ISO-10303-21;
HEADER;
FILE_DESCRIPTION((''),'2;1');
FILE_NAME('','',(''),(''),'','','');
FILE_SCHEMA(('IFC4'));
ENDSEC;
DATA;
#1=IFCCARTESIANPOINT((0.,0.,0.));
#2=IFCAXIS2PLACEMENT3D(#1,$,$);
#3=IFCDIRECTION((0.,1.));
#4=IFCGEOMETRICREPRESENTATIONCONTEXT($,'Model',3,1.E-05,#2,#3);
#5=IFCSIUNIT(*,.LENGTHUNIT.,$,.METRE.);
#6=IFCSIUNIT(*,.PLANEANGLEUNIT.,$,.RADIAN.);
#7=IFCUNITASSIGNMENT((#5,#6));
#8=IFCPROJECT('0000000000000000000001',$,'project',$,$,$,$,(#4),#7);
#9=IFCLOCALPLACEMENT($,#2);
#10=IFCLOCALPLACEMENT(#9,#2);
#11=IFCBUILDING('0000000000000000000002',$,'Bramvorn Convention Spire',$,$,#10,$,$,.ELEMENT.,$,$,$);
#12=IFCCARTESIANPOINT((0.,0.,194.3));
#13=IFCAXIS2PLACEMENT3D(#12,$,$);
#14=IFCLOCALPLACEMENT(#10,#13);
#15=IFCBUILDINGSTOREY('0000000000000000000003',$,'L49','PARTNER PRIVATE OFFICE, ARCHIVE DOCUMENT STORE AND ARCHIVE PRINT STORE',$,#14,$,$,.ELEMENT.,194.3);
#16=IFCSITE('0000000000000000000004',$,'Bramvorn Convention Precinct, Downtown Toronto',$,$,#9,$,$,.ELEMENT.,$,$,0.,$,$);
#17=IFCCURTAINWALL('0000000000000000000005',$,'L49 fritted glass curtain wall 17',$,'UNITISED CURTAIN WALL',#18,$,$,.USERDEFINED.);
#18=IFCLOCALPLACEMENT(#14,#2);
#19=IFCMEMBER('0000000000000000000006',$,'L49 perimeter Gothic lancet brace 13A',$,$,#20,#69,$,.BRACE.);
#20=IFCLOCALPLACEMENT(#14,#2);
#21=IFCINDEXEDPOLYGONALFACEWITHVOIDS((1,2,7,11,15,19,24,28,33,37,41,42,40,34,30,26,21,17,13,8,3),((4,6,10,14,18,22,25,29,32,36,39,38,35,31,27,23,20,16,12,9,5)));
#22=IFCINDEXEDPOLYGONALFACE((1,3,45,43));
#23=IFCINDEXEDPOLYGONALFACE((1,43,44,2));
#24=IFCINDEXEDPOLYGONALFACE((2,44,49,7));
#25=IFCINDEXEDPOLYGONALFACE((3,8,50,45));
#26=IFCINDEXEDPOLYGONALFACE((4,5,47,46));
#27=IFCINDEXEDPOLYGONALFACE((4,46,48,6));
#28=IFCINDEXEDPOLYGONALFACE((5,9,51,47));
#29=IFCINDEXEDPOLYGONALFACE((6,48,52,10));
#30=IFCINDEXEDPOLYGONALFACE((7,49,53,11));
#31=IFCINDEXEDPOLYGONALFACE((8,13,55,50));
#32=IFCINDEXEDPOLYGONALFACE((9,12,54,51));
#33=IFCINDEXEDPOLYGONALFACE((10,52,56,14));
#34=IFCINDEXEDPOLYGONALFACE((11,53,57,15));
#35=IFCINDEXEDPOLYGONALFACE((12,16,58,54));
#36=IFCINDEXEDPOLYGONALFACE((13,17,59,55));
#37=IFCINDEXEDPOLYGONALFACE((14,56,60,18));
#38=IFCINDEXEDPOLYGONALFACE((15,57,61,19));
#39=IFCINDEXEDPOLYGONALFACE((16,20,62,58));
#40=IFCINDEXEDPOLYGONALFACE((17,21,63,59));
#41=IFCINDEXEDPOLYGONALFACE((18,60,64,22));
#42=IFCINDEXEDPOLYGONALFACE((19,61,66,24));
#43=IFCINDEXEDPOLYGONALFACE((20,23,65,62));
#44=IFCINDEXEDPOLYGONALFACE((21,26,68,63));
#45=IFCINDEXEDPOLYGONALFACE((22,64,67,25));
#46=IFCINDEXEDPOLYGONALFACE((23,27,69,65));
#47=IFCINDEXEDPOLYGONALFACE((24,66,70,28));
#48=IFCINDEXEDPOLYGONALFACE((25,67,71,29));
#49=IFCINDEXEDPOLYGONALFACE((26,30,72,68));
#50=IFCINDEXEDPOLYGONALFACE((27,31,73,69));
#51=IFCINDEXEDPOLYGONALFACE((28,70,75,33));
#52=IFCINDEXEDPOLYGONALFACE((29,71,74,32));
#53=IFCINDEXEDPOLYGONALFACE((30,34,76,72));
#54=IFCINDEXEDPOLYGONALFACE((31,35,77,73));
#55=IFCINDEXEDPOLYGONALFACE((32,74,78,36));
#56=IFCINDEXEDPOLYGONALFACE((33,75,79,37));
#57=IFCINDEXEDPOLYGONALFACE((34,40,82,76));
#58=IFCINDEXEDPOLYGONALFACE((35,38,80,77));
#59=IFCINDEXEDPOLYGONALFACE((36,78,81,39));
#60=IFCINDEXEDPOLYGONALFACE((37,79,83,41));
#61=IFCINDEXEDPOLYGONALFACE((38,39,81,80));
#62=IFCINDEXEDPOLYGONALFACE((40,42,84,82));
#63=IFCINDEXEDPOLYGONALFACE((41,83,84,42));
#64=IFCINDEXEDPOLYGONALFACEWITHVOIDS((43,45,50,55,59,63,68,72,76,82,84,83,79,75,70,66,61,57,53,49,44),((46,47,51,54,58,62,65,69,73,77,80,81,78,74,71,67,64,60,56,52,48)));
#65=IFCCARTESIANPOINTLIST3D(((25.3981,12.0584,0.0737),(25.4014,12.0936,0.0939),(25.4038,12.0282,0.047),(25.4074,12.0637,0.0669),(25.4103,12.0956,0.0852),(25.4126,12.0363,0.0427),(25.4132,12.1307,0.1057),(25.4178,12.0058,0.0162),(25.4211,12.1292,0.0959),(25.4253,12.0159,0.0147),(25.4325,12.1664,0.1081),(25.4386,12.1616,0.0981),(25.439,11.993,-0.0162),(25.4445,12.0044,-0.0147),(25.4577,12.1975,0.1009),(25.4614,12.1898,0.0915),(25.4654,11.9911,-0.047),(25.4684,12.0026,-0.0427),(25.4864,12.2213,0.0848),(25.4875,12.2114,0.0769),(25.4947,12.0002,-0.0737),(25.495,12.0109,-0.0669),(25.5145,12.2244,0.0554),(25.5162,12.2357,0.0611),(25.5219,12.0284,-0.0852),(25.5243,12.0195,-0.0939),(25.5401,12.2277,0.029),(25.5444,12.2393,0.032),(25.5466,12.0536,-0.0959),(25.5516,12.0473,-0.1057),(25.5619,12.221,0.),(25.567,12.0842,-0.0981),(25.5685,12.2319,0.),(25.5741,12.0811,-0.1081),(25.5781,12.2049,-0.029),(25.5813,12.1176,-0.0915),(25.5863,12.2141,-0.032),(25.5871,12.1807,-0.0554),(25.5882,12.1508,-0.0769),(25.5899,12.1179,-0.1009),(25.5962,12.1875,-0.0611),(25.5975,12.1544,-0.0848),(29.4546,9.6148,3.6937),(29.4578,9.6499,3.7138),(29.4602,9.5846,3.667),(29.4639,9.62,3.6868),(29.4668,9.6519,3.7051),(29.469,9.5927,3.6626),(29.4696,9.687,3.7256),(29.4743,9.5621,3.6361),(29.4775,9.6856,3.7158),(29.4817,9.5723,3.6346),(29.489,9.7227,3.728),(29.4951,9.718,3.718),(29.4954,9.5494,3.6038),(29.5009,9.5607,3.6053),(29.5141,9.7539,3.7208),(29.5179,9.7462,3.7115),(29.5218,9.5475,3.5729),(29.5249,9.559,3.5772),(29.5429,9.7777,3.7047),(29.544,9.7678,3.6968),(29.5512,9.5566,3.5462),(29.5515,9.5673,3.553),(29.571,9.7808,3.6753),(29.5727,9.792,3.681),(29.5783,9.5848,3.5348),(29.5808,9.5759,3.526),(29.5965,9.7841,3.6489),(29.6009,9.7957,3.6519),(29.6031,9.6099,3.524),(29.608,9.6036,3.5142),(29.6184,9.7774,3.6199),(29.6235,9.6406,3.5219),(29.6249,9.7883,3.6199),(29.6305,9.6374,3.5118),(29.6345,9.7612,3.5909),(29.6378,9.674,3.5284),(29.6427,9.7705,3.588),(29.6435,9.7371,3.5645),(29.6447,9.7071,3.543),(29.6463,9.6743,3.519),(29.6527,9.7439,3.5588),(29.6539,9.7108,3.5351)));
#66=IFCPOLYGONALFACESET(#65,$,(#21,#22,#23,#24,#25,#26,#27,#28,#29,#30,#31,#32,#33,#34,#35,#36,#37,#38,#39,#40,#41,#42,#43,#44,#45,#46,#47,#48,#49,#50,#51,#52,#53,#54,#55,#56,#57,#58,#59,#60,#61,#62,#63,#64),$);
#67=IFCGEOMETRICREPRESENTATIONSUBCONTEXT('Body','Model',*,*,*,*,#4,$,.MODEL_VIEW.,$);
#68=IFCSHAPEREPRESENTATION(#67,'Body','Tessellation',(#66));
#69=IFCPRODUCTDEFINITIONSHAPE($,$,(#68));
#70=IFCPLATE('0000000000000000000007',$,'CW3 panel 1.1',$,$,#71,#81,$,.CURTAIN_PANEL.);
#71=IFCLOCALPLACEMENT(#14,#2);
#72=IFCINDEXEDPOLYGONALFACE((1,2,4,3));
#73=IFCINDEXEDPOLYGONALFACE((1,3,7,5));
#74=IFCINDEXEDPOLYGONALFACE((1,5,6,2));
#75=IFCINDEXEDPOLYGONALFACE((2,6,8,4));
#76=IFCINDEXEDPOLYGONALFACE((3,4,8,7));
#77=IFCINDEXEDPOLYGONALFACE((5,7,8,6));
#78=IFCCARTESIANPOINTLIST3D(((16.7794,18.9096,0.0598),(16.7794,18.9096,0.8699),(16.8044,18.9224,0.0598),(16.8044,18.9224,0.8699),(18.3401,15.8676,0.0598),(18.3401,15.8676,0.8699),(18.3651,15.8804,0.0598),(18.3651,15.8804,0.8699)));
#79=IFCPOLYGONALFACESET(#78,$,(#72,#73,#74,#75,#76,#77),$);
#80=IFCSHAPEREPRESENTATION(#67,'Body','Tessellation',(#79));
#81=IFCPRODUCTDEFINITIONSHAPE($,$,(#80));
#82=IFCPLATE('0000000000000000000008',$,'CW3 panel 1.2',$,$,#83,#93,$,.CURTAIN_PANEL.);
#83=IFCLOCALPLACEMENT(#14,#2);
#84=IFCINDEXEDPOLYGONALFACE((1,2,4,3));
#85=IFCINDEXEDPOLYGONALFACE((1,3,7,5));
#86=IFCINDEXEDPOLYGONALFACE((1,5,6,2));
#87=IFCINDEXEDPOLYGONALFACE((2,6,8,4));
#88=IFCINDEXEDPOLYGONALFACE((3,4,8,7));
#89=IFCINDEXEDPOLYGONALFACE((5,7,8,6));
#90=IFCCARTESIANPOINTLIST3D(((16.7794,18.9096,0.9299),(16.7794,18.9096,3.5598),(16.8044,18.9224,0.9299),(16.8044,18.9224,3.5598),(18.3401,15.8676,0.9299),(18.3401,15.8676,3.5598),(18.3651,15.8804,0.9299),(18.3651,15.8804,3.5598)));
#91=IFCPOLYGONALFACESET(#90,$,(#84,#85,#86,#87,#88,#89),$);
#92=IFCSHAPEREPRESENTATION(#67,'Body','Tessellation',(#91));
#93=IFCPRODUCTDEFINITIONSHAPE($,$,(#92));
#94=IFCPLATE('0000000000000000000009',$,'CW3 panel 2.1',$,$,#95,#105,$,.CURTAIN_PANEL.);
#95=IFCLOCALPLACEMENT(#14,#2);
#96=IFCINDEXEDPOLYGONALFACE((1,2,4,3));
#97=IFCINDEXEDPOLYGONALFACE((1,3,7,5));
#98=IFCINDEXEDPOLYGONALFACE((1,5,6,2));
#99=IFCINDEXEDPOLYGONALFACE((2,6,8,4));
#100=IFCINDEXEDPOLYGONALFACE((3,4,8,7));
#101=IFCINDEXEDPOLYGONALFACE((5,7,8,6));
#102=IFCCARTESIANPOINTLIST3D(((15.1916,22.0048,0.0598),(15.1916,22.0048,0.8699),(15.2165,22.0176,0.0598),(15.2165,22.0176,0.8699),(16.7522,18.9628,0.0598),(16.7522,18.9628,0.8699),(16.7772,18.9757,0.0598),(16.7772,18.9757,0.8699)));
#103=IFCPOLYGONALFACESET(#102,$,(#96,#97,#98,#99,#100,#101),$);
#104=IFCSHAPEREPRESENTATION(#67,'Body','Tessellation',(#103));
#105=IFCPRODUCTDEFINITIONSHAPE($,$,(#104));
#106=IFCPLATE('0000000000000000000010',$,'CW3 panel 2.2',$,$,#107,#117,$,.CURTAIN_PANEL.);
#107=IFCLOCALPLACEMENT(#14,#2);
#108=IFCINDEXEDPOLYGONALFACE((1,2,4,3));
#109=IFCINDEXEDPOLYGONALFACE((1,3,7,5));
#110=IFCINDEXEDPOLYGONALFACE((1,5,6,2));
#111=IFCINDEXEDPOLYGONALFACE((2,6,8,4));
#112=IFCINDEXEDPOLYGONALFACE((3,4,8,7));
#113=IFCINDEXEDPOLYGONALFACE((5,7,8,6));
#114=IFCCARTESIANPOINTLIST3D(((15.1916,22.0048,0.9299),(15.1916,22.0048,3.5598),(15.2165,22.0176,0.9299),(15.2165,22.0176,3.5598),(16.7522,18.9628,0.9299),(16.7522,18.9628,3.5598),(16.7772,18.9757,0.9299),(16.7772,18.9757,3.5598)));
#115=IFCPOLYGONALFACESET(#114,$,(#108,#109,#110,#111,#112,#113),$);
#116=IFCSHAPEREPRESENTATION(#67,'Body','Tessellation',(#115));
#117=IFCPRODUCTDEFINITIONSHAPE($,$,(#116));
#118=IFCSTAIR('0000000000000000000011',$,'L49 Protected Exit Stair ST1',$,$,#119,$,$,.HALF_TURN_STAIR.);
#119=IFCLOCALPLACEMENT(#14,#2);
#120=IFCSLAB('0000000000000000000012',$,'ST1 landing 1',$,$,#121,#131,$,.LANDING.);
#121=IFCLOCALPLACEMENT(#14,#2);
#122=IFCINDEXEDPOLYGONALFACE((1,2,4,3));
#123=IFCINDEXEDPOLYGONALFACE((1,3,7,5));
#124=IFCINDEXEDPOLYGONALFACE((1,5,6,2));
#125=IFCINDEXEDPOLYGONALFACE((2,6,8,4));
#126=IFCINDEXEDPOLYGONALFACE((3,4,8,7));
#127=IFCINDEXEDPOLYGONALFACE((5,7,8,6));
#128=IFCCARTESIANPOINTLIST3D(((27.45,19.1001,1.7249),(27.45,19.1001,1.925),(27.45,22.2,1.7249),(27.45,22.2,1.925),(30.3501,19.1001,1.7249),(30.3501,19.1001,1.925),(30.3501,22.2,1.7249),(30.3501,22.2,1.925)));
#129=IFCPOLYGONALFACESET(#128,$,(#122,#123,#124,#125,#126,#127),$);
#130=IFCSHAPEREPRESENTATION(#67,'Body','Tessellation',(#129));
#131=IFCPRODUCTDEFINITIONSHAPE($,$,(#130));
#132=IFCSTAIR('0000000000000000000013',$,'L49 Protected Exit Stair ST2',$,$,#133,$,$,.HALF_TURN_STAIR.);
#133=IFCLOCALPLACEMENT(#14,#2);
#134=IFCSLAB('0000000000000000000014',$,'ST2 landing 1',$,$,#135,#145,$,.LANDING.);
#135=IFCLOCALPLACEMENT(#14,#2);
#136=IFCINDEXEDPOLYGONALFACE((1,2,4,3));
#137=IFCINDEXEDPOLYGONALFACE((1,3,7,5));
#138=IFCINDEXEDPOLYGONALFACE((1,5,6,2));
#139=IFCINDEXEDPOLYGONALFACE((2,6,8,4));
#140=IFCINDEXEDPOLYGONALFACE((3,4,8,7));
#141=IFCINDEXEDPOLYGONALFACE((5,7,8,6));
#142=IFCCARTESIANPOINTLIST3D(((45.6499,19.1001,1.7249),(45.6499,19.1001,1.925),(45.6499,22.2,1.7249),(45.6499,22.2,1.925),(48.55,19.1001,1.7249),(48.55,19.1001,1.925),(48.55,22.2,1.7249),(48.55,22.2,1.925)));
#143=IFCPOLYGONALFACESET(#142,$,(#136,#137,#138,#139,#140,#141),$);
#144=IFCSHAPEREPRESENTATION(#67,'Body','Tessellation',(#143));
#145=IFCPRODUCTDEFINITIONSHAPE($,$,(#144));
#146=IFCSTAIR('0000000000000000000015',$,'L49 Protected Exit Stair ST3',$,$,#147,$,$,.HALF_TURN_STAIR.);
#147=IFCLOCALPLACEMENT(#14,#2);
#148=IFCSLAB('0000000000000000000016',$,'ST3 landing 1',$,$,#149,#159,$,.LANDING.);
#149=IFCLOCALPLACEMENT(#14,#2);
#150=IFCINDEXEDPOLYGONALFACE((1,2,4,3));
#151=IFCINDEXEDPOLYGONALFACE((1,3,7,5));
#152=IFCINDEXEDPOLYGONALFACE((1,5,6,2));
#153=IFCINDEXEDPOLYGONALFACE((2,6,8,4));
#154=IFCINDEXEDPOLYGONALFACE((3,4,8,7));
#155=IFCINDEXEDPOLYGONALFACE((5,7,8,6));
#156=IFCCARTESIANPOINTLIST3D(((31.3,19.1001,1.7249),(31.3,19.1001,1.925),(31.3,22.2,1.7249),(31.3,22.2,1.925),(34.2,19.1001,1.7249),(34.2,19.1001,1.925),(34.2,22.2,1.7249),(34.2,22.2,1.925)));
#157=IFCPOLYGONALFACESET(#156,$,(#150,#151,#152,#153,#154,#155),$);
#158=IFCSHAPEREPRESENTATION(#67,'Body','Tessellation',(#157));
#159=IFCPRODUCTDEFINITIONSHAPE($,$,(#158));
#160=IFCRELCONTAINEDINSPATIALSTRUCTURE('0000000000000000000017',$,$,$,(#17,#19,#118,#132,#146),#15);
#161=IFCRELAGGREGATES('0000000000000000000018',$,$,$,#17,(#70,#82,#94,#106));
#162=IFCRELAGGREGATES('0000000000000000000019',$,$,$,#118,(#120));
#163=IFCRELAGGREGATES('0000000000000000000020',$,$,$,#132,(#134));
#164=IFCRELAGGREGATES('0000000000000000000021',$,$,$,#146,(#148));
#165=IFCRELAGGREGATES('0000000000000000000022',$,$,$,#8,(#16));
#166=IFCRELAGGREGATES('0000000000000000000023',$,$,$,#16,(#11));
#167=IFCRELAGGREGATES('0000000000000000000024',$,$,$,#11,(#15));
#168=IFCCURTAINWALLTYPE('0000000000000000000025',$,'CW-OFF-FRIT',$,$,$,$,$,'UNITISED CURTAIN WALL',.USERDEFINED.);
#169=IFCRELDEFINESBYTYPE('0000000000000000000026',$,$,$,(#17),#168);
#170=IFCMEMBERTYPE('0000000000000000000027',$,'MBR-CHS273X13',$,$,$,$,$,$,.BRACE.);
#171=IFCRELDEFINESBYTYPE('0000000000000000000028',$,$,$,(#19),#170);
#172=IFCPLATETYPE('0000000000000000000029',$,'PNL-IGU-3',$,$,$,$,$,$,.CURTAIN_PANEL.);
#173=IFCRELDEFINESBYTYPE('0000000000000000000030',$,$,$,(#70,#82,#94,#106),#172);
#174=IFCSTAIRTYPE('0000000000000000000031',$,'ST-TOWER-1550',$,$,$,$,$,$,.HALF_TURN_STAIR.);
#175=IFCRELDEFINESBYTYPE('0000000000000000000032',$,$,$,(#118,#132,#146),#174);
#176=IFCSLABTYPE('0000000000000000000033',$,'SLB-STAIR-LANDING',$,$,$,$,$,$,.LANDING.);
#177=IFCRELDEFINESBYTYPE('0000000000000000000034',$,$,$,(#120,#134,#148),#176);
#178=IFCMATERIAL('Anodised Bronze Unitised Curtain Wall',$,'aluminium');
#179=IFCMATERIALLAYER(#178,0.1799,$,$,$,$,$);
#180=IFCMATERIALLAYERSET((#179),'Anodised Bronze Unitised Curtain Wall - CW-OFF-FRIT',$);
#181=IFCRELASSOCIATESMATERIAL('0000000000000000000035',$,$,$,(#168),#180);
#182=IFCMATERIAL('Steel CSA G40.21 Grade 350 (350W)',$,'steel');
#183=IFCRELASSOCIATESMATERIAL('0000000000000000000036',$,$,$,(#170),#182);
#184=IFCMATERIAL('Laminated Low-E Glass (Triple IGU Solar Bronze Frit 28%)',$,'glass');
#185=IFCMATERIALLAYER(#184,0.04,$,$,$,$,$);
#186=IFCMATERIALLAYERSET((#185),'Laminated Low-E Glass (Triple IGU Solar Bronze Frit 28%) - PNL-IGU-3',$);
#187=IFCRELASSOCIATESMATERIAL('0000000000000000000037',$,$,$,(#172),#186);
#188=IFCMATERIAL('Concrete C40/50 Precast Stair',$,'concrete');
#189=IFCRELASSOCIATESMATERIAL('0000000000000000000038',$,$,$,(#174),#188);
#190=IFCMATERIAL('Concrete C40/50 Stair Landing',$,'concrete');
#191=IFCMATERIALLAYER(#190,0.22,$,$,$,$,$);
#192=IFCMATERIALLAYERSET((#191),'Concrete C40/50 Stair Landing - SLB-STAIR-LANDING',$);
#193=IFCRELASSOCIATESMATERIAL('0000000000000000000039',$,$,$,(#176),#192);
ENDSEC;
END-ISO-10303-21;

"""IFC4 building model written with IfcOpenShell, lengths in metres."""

from ifc_helpers import new_model, si_unit, direction, frame, origin, origin_2d, place, context, subcontext, project, spatial, polyline, rectangle, hollow_circle, outline, extrude, material, layer, layer_set, material_profile, profile_set, type_object, element, aggregate, save


model = new_model("IFC4")

# Units and contexts
model_context = context("Model", 3, precision=1e-05, world=origin(), true_north=direction((0.0, 1.0)))
body_context = subcontext(model_context, "Body", "Model", "MODEL_VIEW")
ifc_project = project(units=[si_unit("LENGTHUNIT", "METRE"), si_unit("PLANEANGLEUNIT", "RADIAN")], contexts=[model_context])

# Site, building, storey
site_placement = place(None, origin())
site = spatial("IfcSite", under=ifc_project, at=site_placement, Name="Bramvorn Convention Precinct, Downtown Toronto", CompositionType="ELEMENT", RefElevation=0.0)
building_placement = place(site_placement, origin())
building = spatial("IfcBuilding", under=site, at=building_placement, Name="Bramvorn Convention Spire", CompositionType="ELEMENT")
storey_placement = place(building_placement, frame((0.0, 0.0, 194.3)))
storey = spatial("IfcBuildingStorey", under=building, at=storey_placement, Name="L49", Description="PARTNER PRIVATE OFFICE, ARCHIVE DOCUMENT STORE AND ARCHIVE PRINT STORE", CompositionType="ELEMENT", Elevation=194.3)

# Shared definitions
ifc_material_1 = material(Name="Steel CSA G40.21 Grade 350 (350W)", Category="steel")

# Curtain wall
ifc_material_2 = material(Name="Anodised Bronze Unitised Curtain Wall", Category="aluminium")
ifc_layer_1 = layer(ifc_material_2, 0.1799)
ifc_layer_set_1 = layer_set([ifc_layer_1], Name="Anodised Bronze Unitised Curtain Wall - CW-OFF-FRIT")
curtain_wall_type = type_object("IfcCurtainWallType", Name="CW-OFF-FRIT", ElementType="UNITISED CURTAIN WALL", PredefinedType="USERDEFINED", material=ifc_layer_set_1)
curtain_wall_placement = place(storey_placement, origin())
curtain_wall = element("IfcCurtainWall", 1, at=curtain_wall_placement, inside=storey, type_object=curtain_wall_type, Name="L49 fritted glass curtain wall 17", ObjectType="UNITISED CURTAIN WALL", PredefinedType="USERDEFINED")

# Member
ifc_material_profile_1 = material_profile(ifc_material_1, hollow_circle(Radius=0.1365, WallThickness=0.0127, at=origin_2d()))
ifc_profile_set_1 = profile_set([ifc_material_profile_1], Name="Steel CSA G40.21 Grade 350 (350W) - CHS273X13")
member_type_1 = type_object("IfcMemberType", Name="MBR-CHS273X13", PredefinedType="BRACE", material=ifc_profile_set_1)
member_1_placement = place(storey_placement, frame((25.498, 12.115, 0.0), z_axis=(0.680532, -0.409958, 0.607298), x_axis=(0.516011, 0.856582, 0.0)))
element("IfcMember", 2, at=member_1_placement, inside=storey, type_object=member_type_1, Name="L49 perimeter Gothic lancet brace 13A", PredefinedType="BRACE", context=body_context, shape_type="SweptSolid", body=[
    extrude(hollow_circle(Radius=0.1365, WallThickness=0.0127, at=origin_2d()), origin(), (0.0, 0.0, 1.0), 5.9607),
])

# Plates
ifc_material_3 = material(Name="Laminated Low-E Glass (Triple IGU Solar Bronze Frit 28%)", Category="glass")
ifc_layer_2 = layer(ifc_material_3, 0.04)
ifc_layer_set_2 = layer_set([ifc_layer_2], Name="Laminated Low-E Glass (Triple IGU Solar Bronze Frit 28%) - PNL-IGU-3")
plate_type = type_object("IfcPlateType", Name="PNL-IGU-3", PredefinedType="CURTAIN_PANEL", material=ifc_layer_set_2)
plate_1_placement = place(storey_placement, frame((17.5723, 17.395, 0.0598), z_axis=(0.0, 0.0, 1.0), x_axis=(-0.456475, 0.889736, 0.0)))
plate_1 = element("IfcPlate", 3, at=plate_1_placement, type_object=plate_type, Name="CW3 panel 1.1", PredefinedType="CURTAIN_PANEL", context=body_context, shape_type="SweptSolid", body=[
    extrude(rectangle(XDim=3.4189, YDim=0.0281, at=origin_2d()), origin(), (0.0, 0.0, 1.0), 0.8101),
])
plate_2_placement = place(storey_placement, frame((17.5723, 17.395, 0.9299), z_axis=(0.0, 0.0, 1.0), x_axis=(-0.456475, 0.889736, 0.0)))
plate_2 = element("IfcPlate", 4, at=plate_2_placement, type_object=plate_type, Name="CW3 panel 1.2", PredefinedType="CURTAIN_PANEL", context=body_context, shape_type="SweptSolid", body=[
    extrude(rectangle(XDim=3.4189, YDim=0.0281, at=origin_2d()), origin(), (0.0, 0.0, 1.0), 2.6299),
])
plate_3_placement = place(storey_placement, frame((15.9844, 20.4902, 0.0598), z_axis=(0.0, 0.0, 1.0), x_axis=(-0.456475, 0.889736, 0.0)))
plate_3 = element("IfcPlate", 5, at=plate_3_placement, type_object=plate_type, Name="CW3 panel 2.1", PredefinedType="CURTAIN_PANEL", context=body_context, shape_type="SweptSolid", body=[
    extrude(rectangle(XDim=3.4189, YDim=0.0281, at=origin_2d()), origin(), (0.0, 0.0, 1.0), 0.8101),
])
plate_4_placement = place(storey_placement, frame((15.9844, 20.4902, 0.9299), z_axis=(0.0, 0.0, 1.0), x_axis=(-0.456475, 0.889736, 0.0)))
plate_4 = element("IfcPlate", 6, at=plate_4_placement, type_object=plate_type, Name="CW3 panel 2.2", PredefinedType="CURTAIN_PANEL", context=body_context, shape_type="SweptSolid", body=[
    extrude(rectangle(XDim=3.4189, YDim=0.0281, at=origin_2d()), origin(), (0.0, 0.0, 1.0), 2.6299),
])
aggregate(curtain_wall, [plate_1, plate_2, plate_3, plate_4])

# Stairs, slabs
ifc_material_4 = material(Name="Concrete C40/50 Precast Stair", Category="concrete")
stair_type = type_object("IfcStairType", Name="ST-TOWER-1550", PredefinedType="HALF_TURN_STAIR", material=ifc_material_4)
stair_1_placement = place(storey_placement, origin())
stair_1 = element("IfcStair", 7, at=stair_1_placement, inside=storey, type_object=stair_type, Name="L49 Protected Exit Stair ST1", PredefinedType="HALF_TURN_STAIR")
ifc_material_5 = material(Name="Concrete C40/50 Stair Landing", Category="concrete")
ifc_layer_3 = layer(ifc_material_5, 0.22)
ifc_layer_set_3 = layer_set([ifc_layer_3], Name="Concrete C40/50 Stair Landing - SLB-STAIR-LANDING")
slab_type_1 = type_object("IfcSlabType", Name="SLB-STAIR-LANDING", PredefinedType="LANDING", material=ifc_layer_set_3)
slab_1_placement = place(storey_placement, frame((0.0, 0.0, 1.7249)))
slab_1 = element("IfcSlab", 8, at=slab_1_placement, type_object=slab_type_1, Name="ST1 landing 1", PredefinedType="LANDING", context=body_context, shape_type="SweptSolid", body=[
    extrude(outline(polyline([(27.45, 22.2), (27.45, 19.1001), (30.3501, 19.1001), (30.3501, 22.2), (27.45, 22.2)])), origin(), (0.0, 0.0, 1.0), 0.2002),
])
aggregate(stair_1, [slab_1])
stair_2_placement = place(storey_placement, origin())
stair_2 = element("IfcStair", 9, at=stair_2_placement, inside=storey, type_object=stair_type, Name="L49 Protected Exit Stair ST2", PredefinedType="HALF_TURN_STAIR")
slab_2_placement = place(storey_placement, frame((0.0, 0.0, 1.7249)))
slab_2 = element("IfcSlab", 10, at=slab_2_placement, type_object=slab_type_1, Name="ST2 landing 1", PredefinedType="LANDING", context=body_context, shape_type="SweptSolid", body=[
    extrude(outline(polyline([(45.6499, 22.2), (45.6499, 19.1001), (48.55, 19.1001), (48.55, 22.2), (45.6499, 22.2)])), origin(), (0.0, 0.0, 1.0), 0.2002),
])
aggregate(stair_2, [slab_2])
stair_3_placement = place(storey_placement, origin())
stair_3 = element("IfcStair", 11, at=stair_3_placement, inside=storey, type_object=stair_type, Name="L49 Protected Exit Stair ST3", PredefinedType="HALF_TURN_STAIR")
slab_3_placement = place(storey_placement, frame((0.0, 0.0, 1.7249)))
slab_3 = element("IfcSlab", 12, at=slab_3_placement, type_object=slab_type_1, Name="ST3 landing 1", PredefinedType="LANDING", context=body_context, shape_type="SweptSolid", body=[
    extrude(outline(polyline([(31.3, 22.2), (31.3, 19.1001), (34.2, 19.1001), (34.2, 22.2), (31.3, 22.2)])), origin(), (0.0, 0.0, 1.0), 0.2002),
])
aggregate(stair_3, [slab_3])

save(model, "model.ifc")
